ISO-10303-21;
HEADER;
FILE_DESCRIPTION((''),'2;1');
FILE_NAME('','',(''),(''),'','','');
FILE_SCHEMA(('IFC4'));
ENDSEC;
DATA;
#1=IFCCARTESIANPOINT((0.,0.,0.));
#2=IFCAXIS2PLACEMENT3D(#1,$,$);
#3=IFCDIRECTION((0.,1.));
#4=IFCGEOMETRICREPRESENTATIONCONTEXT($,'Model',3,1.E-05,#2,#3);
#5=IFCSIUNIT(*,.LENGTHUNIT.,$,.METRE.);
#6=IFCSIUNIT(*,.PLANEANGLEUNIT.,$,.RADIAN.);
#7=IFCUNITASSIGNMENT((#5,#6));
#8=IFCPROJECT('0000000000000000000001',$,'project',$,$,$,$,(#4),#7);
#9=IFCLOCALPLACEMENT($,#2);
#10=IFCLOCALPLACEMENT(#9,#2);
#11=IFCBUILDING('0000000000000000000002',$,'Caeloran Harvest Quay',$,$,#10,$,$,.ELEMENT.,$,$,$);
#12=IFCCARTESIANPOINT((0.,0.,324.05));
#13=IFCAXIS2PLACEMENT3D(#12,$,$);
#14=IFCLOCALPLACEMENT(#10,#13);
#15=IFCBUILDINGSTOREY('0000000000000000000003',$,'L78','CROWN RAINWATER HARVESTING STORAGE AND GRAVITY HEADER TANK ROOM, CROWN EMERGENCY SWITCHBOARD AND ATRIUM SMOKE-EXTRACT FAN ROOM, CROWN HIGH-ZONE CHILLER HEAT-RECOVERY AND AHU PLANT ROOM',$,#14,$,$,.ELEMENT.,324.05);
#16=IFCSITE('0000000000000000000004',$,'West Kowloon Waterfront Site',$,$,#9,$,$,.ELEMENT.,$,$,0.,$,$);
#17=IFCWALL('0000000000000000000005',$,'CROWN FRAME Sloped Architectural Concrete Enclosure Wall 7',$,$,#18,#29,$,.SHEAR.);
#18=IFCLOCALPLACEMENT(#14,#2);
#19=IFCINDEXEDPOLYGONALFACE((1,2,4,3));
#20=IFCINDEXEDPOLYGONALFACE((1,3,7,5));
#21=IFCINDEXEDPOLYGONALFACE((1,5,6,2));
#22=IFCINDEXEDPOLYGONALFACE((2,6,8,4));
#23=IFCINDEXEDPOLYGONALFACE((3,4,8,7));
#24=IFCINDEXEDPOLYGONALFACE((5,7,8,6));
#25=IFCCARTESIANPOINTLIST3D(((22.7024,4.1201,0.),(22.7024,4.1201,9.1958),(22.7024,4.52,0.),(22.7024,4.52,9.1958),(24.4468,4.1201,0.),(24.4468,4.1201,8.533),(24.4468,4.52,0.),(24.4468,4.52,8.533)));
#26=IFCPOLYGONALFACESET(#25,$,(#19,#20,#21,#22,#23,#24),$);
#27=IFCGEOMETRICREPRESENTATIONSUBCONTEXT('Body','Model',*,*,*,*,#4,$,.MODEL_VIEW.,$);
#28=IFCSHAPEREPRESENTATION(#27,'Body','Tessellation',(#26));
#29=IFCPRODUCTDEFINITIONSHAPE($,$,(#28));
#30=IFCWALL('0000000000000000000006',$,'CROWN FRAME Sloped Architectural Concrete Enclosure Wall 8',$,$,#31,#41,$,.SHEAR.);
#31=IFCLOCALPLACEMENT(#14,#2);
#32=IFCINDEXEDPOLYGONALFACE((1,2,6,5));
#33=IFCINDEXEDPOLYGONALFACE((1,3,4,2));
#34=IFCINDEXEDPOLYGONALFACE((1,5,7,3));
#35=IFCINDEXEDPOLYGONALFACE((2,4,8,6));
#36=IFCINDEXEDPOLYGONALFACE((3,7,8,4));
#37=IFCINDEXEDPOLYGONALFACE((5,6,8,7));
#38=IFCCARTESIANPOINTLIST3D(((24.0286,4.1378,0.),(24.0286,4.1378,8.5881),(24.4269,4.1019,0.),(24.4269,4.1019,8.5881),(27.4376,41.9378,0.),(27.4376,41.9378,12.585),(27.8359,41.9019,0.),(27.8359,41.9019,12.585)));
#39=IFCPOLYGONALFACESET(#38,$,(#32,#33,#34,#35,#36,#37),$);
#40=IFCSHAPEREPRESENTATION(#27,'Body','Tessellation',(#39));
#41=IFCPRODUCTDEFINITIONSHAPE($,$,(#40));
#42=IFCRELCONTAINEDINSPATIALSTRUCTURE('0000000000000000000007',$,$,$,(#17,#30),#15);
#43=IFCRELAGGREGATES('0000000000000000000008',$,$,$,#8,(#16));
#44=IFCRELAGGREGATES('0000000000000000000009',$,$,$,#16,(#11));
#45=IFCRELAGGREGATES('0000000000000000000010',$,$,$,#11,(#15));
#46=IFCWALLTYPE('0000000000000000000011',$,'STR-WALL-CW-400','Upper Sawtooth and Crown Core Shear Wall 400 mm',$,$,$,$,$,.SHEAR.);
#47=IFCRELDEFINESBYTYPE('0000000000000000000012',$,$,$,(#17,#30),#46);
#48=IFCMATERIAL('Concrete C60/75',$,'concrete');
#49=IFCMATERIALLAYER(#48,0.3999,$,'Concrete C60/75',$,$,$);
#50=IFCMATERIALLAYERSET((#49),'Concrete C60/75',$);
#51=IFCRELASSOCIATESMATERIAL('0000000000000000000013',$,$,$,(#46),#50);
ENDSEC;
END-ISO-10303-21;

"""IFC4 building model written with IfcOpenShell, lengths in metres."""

from ifc_helpers import new_model, si_unit, direction, frame, origin, place, context, subcontext, project, spatial, polyline, outline, extrude, material, layer, layer_set, type_object, element, save


model = new_model("IFC4")

# Units and contexts
model_context = context("Model", 3, precision=1e-05, world=origin(), true_north=direction((0.0, 1.0)))
body_context = subcontext(model_context, "Body", "Model", "MODEL_VIEW")
ifc_project = project(units=[si_unit("LENGTHUNIT", "METRE"), si_unit("PLANEANGLEUNIT", "RADIAN")], contexts=[model_context])

# Site, building, storey
site_placement = place(None, origin())
site = spatial("IfcSite", under=ifc_project, at=site_placement, Name="West Kowloon Waterfront Site", CompositionType="ELEMENT", RefElevation=0.0)
building_placement = place(site_placement, origin())
building = spatial("IfcBuilding", under=site, at=building_placement, Name="Caeloran Harvest Quay", CompositionType="ELEMENT")
storey_placement = place(building_placement, frame((0.0, 0.0, 324.05)))
storey = spatial("IfcBuildingStorey", under=building, at=storey_placement, Name="L78", Description="CROWN RAINWATER HARVESTING STORAGE AND GRAVITY HEADER TANK ROOM, CROWN EMERGENCY SWITCHBOARD AND ATRIUM SMOKE-EXTRACT FAN ROOM, CROWN HIGH-ZONE CHILLER HEAT-RECOVERY AND AHU PLANT ROOM", CompositionType="ELEMENT", Elevation=324.05)

# Shared definitions
ifc_material_1 = material(Name="Concrete C60/75", Category="concrete")

# Walls
ifc_layer_1 = layer(ifc_material_1, 0.3999, Name="Concrete C60/75")
ifc_layer_set_1 = layer_set([ifc_layer_1], Name="Concrete C60/75")
wall_type_1 = type_object("IfcWallType", Name="STR-WALL-CW-400", Description="Upper Sawtooth and Crown Core Shear Wall 400 mm", PredefinedType="SHEAR", material=ifc_layer_set_1)
wall_1_placement = place(storey_placement, frame((22.7024, 4.3201, 0.0), z_axis=(0.0, 0.0, 1.0), x_axis=(1.0, 0.0, 0.0)))
element("IfcWall", 1, at=wall_1_placement, inside=storey, type_object=wall_type_1, Name="CROWN FRAME Sloped Architectural Concrete Enclosure Wall 7", PredefinedType="SHEAR", context=body_context, shape_type="SweptSolid", body=[
    extrude(outline(polyline([(0.0, 0.0), (1.7444, 0.0), (1.7444, 8.533), (0.0, 9.1958), (0.0, 0.0)])), frame((0.0, 0.2, 0.0), z_axis=(0.0, -1.0, 0.0), x_axis=(1.0, 0.0, 0.0)), (0.0, 0.0, 1.0), 0.3999),
])
wall_2_placement = place(storey_placement, frame((24.2278, 4.1199, 0.0), z_axis=(0.0, 0.0, 1.0), x_axis=(0.089819, 0.995958, 0.0)))
element("IfcWall", 2, at=wall_2_placement, inside=storey, type_object=wall_type_1, Name="CROWN FRAME Sloped Architectural Concrete Enclosure Wall 8", PredefinedType="SHEAR", context=body_context, shape_type="SweptSolid", body=[
    extrude(outline(polyline([(0.0, 0.0), (37.9534, 0.0), (37.9534, 12.585), (0.0, 8.5881), (0.0, 0.0)])), frame((0.0, 0.2, 0.0), z_axis=(0.0, -1.0, 0.0), x_axis=(1.0, 0.0, 0.0)), (0.0, 0.0, 1.0), 0.3999),
])

save(model, "model.ifc")
